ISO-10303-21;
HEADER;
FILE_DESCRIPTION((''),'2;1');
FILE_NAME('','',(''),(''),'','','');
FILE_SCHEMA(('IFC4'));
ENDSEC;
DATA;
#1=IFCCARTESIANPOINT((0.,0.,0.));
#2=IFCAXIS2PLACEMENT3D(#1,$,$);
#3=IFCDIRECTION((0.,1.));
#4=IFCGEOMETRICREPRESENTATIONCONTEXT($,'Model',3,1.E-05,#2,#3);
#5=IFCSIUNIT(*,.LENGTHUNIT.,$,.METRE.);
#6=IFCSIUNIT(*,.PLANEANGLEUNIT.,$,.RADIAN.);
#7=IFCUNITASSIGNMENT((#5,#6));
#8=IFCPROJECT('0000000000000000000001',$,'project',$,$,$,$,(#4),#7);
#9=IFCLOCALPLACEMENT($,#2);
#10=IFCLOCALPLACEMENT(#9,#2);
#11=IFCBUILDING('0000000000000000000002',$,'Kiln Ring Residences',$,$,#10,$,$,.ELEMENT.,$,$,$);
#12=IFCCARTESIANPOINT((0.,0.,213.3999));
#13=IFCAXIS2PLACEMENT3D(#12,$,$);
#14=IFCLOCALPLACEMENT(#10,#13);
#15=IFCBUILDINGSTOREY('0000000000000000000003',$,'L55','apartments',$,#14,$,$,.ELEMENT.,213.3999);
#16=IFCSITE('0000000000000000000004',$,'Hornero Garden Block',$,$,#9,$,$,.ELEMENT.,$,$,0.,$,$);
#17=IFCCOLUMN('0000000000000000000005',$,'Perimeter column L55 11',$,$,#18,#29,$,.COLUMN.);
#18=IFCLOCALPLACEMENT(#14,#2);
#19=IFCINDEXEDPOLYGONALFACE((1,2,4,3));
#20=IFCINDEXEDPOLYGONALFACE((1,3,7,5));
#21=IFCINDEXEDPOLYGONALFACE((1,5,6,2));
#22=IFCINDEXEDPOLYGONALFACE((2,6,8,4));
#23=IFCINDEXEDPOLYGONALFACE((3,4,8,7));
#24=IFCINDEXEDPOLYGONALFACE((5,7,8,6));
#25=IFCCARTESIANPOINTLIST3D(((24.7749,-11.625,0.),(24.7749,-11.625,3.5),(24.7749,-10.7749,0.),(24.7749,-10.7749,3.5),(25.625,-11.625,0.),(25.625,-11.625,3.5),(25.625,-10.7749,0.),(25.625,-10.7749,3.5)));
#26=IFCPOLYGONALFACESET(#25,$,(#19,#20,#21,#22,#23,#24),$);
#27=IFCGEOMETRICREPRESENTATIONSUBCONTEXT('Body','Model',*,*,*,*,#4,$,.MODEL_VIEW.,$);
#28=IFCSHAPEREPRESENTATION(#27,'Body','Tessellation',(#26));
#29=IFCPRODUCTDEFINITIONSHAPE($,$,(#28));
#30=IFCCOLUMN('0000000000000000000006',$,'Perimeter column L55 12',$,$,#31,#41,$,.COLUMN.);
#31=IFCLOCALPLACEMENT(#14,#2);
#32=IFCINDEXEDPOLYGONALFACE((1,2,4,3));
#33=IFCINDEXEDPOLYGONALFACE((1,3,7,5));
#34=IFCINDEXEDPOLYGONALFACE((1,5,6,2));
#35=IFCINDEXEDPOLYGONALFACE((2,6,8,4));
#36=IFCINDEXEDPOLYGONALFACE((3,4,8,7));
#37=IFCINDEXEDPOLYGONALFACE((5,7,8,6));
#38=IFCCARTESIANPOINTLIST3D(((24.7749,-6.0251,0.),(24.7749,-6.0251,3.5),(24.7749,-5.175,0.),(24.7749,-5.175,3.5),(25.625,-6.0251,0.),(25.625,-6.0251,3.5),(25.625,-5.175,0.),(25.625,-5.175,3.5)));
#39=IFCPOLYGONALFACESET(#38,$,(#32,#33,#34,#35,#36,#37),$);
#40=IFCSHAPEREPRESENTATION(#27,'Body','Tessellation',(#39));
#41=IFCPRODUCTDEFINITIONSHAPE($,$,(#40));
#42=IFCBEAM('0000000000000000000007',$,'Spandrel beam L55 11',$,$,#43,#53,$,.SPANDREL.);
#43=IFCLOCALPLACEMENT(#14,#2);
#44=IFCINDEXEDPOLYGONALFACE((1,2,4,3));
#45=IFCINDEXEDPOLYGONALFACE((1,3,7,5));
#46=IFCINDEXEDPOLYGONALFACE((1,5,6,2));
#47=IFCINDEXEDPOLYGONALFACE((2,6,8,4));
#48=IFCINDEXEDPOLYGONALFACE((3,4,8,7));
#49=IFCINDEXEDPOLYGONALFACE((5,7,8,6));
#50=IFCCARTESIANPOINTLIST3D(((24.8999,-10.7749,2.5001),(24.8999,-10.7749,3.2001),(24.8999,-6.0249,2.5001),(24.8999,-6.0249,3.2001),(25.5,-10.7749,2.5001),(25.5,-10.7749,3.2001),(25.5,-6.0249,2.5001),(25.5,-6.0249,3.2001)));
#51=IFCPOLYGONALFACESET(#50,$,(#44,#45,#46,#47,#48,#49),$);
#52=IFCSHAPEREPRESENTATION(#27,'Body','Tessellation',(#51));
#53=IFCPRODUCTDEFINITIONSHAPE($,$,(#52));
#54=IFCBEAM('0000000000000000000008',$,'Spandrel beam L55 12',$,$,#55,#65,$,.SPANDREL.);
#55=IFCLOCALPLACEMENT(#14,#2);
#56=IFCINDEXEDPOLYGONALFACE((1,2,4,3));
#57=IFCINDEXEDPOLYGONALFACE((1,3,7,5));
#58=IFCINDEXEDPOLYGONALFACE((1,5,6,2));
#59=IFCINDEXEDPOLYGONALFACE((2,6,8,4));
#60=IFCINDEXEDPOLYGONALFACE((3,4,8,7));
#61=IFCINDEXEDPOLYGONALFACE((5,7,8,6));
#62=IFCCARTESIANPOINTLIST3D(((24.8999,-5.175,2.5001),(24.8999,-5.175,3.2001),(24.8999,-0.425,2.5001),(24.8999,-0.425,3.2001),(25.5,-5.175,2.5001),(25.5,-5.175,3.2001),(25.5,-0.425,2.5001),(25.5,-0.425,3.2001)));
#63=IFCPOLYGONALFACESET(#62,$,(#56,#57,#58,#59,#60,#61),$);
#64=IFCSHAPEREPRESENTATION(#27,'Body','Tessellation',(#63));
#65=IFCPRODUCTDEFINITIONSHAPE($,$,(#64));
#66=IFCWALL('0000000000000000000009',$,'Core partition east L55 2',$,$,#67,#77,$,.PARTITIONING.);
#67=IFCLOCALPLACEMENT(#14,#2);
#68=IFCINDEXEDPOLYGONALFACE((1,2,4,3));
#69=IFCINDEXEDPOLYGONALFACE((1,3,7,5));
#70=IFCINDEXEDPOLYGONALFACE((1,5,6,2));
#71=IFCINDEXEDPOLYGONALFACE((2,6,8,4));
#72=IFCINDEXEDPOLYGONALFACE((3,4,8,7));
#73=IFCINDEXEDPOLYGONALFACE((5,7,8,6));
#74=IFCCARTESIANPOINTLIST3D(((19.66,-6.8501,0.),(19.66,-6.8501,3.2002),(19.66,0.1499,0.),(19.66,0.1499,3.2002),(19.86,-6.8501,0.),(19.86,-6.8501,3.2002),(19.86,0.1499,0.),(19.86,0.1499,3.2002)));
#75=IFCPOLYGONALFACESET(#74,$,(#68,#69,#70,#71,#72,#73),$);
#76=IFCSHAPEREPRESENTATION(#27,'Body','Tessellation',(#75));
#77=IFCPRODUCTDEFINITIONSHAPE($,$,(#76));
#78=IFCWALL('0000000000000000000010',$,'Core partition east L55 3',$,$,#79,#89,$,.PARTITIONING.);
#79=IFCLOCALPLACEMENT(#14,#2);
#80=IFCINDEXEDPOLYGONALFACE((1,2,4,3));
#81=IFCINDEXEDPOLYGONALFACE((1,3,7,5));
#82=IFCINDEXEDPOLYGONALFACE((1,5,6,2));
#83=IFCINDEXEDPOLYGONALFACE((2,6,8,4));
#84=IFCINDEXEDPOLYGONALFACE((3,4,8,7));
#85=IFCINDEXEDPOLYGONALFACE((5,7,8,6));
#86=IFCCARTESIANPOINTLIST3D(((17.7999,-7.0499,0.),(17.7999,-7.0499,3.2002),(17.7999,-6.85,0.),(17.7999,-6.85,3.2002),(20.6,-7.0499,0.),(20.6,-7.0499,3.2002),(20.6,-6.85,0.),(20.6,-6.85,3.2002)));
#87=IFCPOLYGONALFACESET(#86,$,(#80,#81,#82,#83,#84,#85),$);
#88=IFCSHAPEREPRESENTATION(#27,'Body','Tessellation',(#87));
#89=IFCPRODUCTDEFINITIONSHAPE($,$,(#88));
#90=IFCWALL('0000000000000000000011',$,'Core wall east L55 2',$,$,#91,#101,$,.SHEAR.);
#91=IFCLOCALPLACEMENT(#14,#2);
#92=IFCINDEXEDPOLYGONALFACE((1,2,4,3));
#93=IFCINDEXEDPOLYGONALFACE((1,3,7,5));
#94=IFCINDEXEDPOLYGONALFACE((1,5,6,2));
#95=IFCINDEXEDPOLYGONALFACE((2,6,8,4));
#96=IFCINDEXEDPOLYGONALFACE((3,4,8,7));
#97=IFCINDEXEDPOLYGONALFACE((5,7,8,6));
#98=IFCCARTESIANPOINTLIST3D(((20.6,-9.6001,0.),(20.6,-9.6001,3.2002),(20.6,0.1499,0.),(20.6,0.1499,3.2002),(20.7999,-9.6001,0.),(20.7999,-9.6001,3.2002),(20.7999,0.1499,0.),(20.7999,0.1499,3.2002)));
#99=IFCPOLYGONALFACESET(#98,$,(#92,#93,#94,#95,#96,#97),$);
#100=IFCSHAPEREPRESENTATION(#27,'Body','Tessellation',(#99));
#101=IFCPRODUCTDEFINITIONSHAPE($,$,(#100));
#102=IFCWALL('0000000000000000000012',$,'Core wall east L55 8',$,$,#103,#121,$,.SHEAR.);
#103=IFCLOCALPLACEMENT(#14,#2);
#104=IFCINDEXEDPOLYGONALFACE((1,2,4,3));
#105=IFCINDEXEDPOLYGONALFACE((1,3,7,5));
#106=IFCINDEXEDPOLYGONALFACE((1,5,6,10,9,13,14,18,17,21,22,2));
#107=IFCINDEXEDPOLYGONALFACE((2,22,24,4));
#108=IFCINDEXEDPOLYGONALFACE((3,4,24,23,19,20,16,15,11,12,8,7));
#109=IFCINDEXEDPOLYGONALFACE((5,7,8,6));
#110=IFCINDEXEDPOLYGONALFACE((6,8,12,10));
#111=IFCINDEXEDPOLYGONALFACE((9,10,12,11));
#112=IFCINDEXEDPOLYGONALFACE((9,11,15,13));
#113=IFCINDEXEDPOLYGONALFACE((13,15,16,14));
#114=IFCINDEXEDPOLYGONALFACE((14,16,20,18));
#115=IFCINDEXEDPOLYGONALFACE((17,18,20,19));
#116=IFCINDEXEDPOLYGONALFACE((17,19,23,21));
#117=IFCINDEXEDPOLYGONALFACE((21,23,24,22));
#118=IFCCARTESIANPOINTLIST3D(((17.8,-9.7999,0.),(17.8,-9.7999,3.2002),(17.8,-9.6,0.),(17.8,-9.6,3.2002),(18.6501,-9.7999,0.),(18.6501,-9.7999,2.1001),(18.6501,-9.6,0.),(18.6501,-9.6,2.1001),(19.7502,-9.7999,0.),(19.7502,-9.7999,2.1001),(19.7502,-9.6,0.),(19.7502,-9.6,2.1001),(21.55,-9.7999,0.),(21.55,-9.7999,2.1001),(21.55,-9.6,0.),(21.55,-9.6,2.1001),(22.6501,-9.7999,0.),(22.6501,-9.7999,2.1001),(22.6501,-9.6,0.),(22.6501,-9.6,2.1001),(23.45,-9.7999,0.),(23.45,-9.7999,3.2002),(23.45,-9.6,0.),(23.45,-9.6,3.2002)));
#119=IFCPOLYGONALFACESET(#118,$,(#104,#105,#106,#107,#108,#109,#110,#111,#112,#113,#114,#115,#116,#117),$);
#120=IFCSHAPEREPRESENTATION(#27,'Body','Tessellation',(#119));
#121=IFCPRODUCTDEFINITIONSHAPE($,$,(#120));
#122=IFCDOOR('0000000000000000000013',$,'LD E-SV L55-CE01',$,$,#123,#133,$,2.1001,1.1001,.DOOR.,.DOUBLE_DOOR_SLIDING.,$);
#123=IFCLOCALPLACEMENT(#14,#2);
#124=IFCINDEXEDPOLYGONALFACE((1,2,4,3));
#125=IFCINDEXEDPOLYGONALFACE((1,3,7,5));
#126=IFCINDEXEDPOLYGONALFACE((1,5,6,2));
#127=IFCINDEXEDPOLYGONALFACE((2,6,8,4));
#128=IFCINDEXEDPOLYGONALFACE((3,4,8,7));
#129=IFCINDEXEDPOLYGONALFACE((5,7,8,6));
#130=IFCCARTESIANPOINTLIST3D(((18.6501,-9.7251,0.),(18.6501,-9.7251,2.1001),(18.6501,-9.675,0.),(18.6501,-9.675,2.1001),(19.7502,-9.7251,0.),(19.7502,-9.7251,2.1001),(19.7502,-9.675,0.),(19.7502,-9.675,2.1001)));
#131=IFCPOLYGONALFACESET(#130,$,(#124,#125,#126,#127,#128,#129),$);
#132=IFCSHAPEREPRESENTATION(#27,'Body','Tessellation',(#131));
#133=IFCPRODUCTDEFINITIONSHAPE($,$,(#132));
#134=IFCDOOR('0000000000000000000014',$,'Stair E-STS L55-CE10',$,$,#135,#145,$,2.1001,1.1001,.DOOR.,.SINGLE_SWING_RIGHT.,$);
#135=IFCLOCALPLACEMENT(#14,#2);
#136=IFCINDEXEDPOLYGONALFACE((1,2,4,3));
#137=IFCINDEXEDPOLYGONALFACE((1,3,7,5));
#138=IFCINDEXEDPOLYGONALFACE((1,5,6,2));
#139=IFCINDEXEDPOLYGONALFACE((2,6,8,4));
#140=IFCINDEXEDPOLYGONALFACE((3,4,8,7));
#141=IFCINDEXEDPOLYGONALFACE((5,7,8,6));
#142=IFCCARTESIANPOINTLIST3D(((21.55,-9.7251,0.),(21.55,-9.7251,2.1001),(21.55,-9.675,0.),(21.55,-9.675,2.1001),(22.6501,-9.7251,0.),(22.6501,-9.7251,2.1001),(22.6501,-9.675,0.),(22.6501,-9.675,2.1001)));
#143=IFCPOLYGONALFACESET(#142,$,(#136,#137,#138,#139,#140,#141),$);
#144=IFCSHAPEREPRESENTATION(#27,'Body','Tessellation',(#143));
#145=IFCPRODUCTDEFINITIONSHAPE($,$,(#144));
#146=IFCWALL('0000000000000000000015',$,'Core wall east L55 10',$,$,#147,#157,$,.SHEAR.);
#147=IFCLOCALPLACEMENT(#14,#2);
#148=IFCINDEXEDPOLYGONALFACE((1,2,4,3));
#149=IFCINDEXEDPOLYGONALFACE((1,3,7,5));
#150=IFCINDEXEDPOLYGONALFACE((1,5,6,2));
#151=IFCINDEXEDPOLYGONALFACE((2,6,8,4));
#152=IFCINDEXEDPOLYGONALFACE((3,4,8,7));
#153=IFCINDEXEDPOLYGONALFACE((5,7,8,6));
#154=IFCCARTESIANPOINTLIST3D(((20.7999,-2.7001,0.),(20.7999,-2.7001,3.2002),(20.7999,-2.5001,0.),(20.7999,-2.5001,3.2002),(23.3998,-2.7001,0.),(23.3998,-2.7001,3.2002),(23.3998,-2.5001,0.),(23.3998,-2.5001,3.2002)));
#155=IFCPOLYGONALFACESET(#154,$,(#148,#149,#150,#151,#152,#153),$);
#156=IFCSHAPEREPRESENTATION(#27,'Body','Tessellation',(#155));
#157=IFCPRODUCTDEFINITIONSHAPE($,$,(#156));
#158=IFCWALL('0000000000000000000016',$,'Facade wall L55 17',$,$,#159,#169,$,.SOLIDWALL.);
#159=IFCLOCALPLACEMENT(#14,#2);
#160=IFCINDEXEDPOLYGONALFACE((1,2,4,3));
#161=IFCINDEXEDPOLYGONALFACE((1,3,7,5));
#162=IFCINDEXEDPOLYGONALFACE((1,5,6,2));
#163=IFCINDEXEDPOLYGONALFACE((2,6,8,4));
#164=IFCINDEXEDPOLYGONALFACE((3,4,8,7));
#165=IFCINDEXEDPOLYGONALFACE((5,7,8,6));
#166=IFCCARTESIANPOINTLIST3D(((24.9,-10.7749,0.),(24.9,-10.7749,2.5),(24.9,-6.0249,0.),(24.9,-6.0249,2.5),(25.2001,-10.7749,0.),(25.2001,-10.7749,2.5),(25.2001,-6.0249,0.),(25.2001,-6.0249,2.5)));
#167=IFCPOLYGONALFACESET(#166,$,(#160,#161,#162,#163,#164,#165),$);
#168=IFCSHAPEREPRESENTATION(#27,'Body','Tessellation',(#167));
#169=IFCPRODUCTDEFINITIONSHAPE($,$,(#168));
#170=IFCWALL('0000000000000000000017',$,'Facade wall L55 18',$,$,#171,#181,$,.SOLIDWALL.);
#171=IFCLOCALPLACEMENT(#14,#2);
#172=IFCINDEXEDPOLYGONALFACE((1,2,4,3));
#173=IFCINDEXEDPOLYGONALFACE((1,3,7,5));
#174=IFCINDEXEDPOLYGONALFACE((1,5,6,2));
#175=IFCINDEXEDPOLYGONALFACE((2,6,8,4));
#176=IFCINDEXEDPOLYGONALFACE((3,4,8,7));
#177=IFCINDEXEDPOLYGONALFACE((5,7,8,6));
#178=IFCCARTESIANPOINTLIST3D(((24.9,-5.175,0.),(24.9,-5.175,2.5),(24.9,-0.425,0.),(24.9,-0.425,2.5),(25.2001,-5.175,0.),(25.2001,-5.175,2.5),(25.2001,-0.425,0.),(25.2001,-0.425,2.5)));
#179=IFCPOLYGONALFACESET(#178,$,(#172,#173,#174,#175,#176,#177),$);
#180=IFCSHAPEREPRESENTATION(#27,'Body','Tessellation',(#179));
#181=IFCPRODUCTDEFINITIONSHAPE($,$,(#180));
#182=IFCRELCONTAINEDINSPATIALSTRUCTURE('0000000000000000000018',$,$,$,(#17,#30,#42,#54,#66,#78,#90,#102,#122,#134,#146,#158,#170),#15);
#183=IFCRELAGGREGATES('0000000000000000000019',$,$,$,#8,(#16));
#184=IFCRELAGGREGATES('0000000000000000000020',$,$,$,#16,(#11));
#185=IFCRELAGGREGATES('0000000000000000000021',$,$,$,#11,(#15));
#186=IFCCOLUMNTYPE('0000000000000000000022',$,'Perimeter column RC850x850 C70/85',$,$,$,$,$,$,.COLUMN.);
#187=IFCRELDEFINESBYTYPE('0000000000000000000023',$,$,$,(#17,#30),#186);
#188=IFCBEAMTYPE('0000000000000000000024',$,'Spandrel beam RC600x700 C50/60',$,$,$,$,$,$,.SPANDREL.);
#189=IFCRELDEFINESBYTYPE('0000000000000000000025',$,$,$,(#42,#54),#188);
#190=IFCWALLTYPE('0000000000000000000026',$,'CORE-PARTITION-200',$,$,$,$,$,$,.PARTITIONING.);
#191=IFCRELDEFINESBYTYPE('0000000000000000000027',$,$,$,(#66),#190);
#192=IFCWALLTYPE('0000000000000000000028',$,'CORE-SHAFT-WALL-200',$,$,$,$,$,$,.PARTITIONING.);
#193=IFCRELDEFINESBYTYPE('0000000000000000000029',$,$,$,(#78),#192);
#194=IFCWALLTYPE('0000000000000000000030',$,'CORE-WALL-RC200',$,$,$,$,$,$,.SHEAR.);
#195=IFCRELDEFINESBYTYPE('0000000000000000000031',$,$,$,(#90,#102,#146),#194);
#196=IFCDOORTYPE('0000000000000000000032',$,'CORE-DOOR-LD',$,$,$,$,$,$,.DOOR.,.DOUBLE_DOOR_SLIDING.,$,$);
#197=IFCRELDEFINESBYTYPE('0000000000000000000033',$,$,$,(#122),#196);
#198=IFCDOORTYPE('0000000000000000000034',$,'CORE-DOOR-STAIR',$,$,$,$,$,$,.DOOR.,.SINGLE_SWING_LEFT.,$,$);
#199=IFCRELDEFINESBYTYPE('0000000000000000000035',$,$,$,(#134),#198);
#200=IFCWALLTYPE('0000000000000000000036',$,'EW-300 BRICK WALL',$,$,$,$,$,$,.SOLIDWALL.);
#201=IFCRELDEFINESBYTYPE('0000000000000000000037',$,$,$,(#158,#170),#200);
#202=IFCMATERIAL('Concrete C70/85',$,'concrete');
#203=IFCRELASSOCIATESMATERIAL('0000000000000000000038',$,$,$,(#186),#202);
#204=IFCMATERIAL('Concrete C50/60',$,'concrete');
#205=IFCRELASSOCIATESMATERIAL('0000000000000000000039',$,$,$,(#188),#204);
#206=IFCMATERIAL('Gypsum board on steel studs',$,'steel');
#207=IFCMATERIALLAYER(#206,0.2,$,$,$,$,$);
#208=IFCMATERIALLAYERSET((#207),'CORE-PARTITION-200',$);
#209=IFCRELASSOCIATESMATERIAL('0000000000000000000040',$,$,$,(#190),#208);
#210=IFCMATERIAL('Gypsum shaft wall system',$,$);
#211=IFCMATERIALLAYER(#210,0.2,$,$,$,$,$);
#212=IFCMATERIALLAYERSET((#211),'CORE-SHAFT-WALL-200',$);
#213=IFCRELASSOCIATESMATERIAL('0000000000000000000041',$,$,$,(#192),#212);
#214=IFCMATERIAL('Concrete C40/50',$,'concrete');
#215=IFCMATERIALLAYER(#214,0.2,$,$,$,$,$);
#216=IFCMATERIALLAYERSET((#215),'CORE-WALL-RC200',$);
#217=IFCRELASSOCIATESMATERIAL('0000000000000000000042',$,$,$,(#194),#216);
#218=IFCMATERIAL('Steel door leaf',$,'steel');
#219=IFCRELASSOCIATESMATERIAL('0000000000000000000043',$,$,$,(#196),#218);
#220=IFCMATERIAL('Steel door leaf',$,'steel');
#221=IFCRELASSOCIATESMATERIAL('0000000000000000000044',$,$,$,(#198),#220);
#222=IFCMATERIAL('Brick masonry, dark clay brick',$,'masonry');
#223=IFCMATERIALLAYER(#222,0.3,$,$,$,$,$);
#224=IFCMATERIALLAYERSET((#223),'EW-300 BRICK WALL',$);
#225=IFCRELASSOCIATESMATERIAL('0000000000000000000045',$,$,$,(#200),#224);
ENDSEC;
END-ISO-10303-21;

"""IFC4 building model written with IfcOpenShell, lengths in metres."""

from ifc_helpers import new_model, si_unit, direction, frame, frame_2d, origin, origin_2d, place, context, subcontext, project, spatial, rectangle, extrude, material, layer, layer_set, material_profile, profile_set, type_object, element, fill, save


model = new_model("IFC4")

# Units and contexts
model_context = context("Model", 3, precision=1e-05, world=origin(), true_north=direction((0.0, 1.0)))
body_context = subcontext(model_context, "Body", "Model", "MODEL_VIEW")
ifc_project = project(units=[si_unit("LENGTHUNIT", "METRE"), si_unit("PLANEANGLEUNIT", "RADIAN")], contexts=[model_context])

# Site, building, storey
site_placement = place(None, origin())
site = spatial("IfcSite", under=ifc_project, at=site_placement, Name="Hornero Garden Block", CompositionType="ELEMENT", RefElevation=0.0)
building_placement = place(site_placement, origin())
building = spatial("IfcBuilding", under=site, at=building_placement, Name="Kiln Ring Residences", CompositionType="ELEMENT")
storey_placement = place(building_placement, frame((0.0, 0.0, 213.3999)))
storey = spatial("IfcBuildingStorey", under=building, at=storey_placement, Name="L55", Description="apartments", CompositionType="ELEMENT", Elevation=213.3999)

# Columns
ifc_material_1 = material(Name="Concrete C70/85", Category="concrete")
ifc_material_profile_1 = material_profile(ifc_material_1, rectangle(XDim=0.8501, YDim=0.8501, at=origin_2d()), Name="RC850x850")
ifc_profile_set_1 = profile_set([ifc_material_profile_1], Name="Concrete C70/85")
column_type = type_object("IfcColumnType", Name="Perimeter column RC850x850 C70/85", PredefinedType="COLUMN", material=ifc_profile_set_1)
for number, where, z_axis, x_axis, name in (
    (1, (25.2, -11.2, 0.0), (0.0, 0.0, 1.0), (1.0, 0.0, 0.0), "Perimeter column L55 11"),
    (2, (25.2, -5.6001, 0.0), (0.0, 0.0, 1.0), (1.0, 0.0, 0.0), "Perimeter column L55 12"),
):
    element("IfcColumn", number, at=place(storey_placement, frame(where, z_axis=z_axis, x_axis=x_axis)), inside=storey, type_object=column_type, Name=name, PredefinedType="COLUMN", context=body_context, shape_type="SweptSolid", body=[
        extrude(rectangle(XDim=0.8501, YDim=0.8501, at=origin_2d()), origin(), (0.0, 0.0, 1.0), 3.5),
    ])

# Beams
ifc_material_2 = material(Name="Concrete C50/60", Category="concrete")
ifc_material_profile_2 = material_profile(ifc_material_2, rectangle(XDim=0.6001, YDim=0.7, at=origin_2d()), Name="RC600x700")
ifc_profile_set_2 = profile_set([ifc_material_profile_2], Name="Concrete C50/60")
beam_type = type_object("IfcBeamType", Name="Spandrel beam RC600x700 C50/60", PredefinedType="SPANDREL", material=ifc_profile_set_2)
for number, where, z_axis, x_axis, name in (
    (3, (25.2, -10.7749, 2.8501), (0.0, 1.0, 0.0), (-1.0, 0.0, 0.0), "Spandrel beam L55 11"),
    (4, (25.2, -5.175, 2.8501), (0.0, 1.0, 0.0), (-1.0, 0.0, 0.0), "Spandrel beam L55 12"),
):
    element("IfcBeam", number, at=place(storey_placement, frame(where, z_axis=z_axis, x_axis=x_axis)), inside=storey, type_object=beam_type, Name=name, PredefinedType="SPANDREL", context=body_context, shape_type="SweptSolid", body=[
        extrude(rectangle(XDim=0.6001, YDim=0.7, at=origin_2d()), origin(), (0.0, 0.0, 1.0), 4.75),
    ])

# Walls
ifc_material_3 = material(Name="Gypsum board on steel studs", Category="steel")
ifc_layer_1 = layer(ifc_material_3, 0.2)
ifc_layer_set_1 = layer_set([ifc_layer_1], Name="CORE-PARTITION-200")
wall_type_1 = type_object("IfcWallType", Name="CORE-PARTITION-200", PredefinedType="PARTITIONING", material=ifc_layer_set_1)
wall_1_placement = place(storey_placement, frame((19.76, -6.8501, 0.0), z_axis=(0.0, 0.0, 1.0), x_axis=(0.0, 1.0, 0.0)))
element("IfcWall", 5, at=wall_1_placement, inside=storey, type_object=wall_type_1, Name="Core partition east L55 2", PredefinedType="PARTITIONING", context=body_context, shape_type="SweptSolid", body=[
    extrude(rectangle(XDim=7.0, YDim=0.2, at=frame_2d((3.5, 0.0))), origin(), (0.0, 0.0, 1.0), 3.2002),
])
ifc_material_4 = material(Name="Gypsum shaft wall system")
ifc_layer_2 = layer(ifc_material_4, 0.2)
ifc_layer_set_2 = layer_set([ifc_layer_2], Name="CORE-SHAFT-WALL-200")
wall_type_2 = type_object("IfcWallType", Name="CORE-SHAFT-WALL-200", PredefinedType="PARTITIONING", material=ifc_layer_set_2)
wall_2_placement = place(storey_placement, frame((17.8, -6.95, 0.0), z_axis=(0.0, 0.0, 1.0), x_axis=(1.0, 0.0, 0.0)))
element("IfcWall", 6, at=wall_2_placement, inside=storey, type_object=wall_type_2, Name="Core partition east L55 3", PredefinedType="PARTITIONING", context=body_context, shape_type="SweptSolid", body=[
    extrude(rectangle(XDim=2.8, YDim=0.2, at=frame_2d((1.3999, 0.0))), origin(), (0.0, 0.0, 1.0), 3.2002),
])
ifc_material_5 = material(Name="Concrete C40/50", Category="concrete")
ifc_layer_3 = layer(ifc_material_5, 0.2)
ifc_layer_set_3 = layer_set([ifc_layer_3], Name="CORE-WALL-RC200")
wall_type_3 = type_object("IfcWallType", Name="CORE-WALL-RC200", PredefinedType="SHEAR", material=ifc_layer_set_3)
wall_3_placement = place(storey_placement, frame((20.7, -9.6001, 0.0), z_axis=(0.0, 0.0, 1.0), x_axis=(0.0, 1.0, 0.0)))
element("IfcWall", 7, at=wall_3_placement, inside=storey, type_object=wall_type_3, Name="Core wall east L55 2", PredefinedType="SHEAR", context=body_context, shape_type="SweptSolid", body=[
    extrude(rectangle(XDim=9.75, YDim=0.2, at=frame_2d((4.875, 0.0))), origin(), (0.0, 0.0, 1.0), 3.2002),
])

# Wall, openings, doors
wall_4_placement = place(storey_placement, frame((17.8, -9.7, 0.0), z_axis=(0.0, 0.0, 1.0), x_axis=(1.0, 0.0, 0.0)))
wall_4 = element("IfcWall", 8, at=wall_4_placement, inside=storey, type_object=wall_type_3, Name="Core wall east L55 8", PredefinedType="SHEAR", context=body_context, shape_type="SweptSolid", body=[
    extrude(rectangle(XDim=5.6499, YDim=0.2, at=frame_2d((2.825, 0.0))), origin(), (0.0, 0.0, 1.0), 3.2002),
])
opening_1_placement = place(wall_4_placement, frame((0.8501, 0.0, 0.0)))
opening_1 = element("IfcOpeningElement", 9, at=opening_1_placement, cuts=wall_4, PredefinedType="OPENING", context=body_context, shape_type="SweptSolid", body=[
    extrude(rectangle(XDim=1.1001, YDim=2.1001, at=frame_2d((0.55, 1.05))), frame((0.0, 0.1099, 0.0), z_axis=(0.0, -1.0, 0.0), x_axis=(1.0, 0.0, 0.0)), (0.0, 0.0, 1.0), 0.22),
])
opening_2_placement = place(wall_4_placement, frame((3.75, 0.0, 0.0)))
opening_2 = element("IfcOpeningElement", 10, at=opening_2_placement, cuts=wall_4, PredefinedType="OPENING", context=body_context, shape_type="SweptSolid", body=[
    extrude(rectangle(XDim=1.1001, YDim=2.1001, at=frame_2d((0.55, 1.05))), frame((0.0, 0.1099, 0.0), z_axis=(0.0, -1.0, 0.0), x_axis=(1.0, 0.0, 0.0)), (0.0, 0.0, 1.0), 0.22),
])
ifc_material_6 = material(Name="Steel door leaf", Category="steel")
door_type_1 = type_object("IfcDoorType", Name="CORE-DOOR-LD", OperationType="DOUBLE_DOOR_SLIDING", PredefinedType="DOOR", material=ifc_material_6)
door_1_placement = place(opening_1_placement, origin())
door_1 = element("IfcDoor", 11, at=door_1_placement, inside=storey, type_object=door_type_1, Name="LD E-SV L55-CE01", OperationType="DOUBLE_DOOR_SLIDING", OverallHeight=2.1001, OverallWidth=1.1001, PredefinedType="DOOR", context=body_context, shape_type="SweptSolid", body=[
    extrude(rectangle(XDim=1.1001, YDim=2.1001, at=frame_2d((0.55, 1.05))), frame((0.0, 0.0249, 0.0), z_axis=(0.0, -1.0, 0.0), x_axis=(1.0, 0.0, 0.0)), (0.0, 0.0, 1.0), 0.05),
])
fill(opening_1, door_1)
ifc_material_7 = material(Name="Steel door leaf", Category="steel")
door_type_2 = type_object("IfcDoorType", Name="CORE-DOOR-STAIR", OperationType="SINGLE_SWING_LEFT", PredefinedType="DOOR", material=ifc_material_7)
door_2_placement = place(opening_2_placement, origin())
door_2 = element("IfcDoor", 12, at=door_2_placement, inside=storey, type_object=door_type_2, Name="Stair E-STS L55-CE10", OperationType="SINGLE_SWING_RIGHT", OverallHeight=2.1001, OverallWidth=1.1001, PredefinedType="DOOR", context=body_context, shape_type="SweptSolid", body=[
    extrude(rectangle(XDim=1.1001, YDim=2.1001, at=frame_2d((0.55, 1.05))), frame((0.0, 0.0249, 0.0), z_axis=(0.0, -1.0, 0.0), x_axis=(1.0, 0.0, 0.0)), (0.0, 0.0, 1.0), 0.05),
])
fill(opening_2, door_2)

# Walls
wall_5_placement = place(storey_placement, frame((20.8, -2.6001, 0.0), z_axis=(0.0, 0.0, 1.0), x_axis=(1.0, 0.0, 0.0)))
element("IfcWall", 13, at=wall_5_placement, inside=storey, type_object=wall_type_3, Name="Core wall east L55 10", PredefinedType="SHEAR", context=body_context, shape_type="SweptSolid", body=[
    extrude(rectangle(XDim=2.5999, YDim=0.2, at=frame_2d((1.2998, 0.0))), origin(), (0.0, 0.0, 1.0), 3.2002),
])
ifc_material_8 = material(Name="Brick masonry, dark clay brick", Category="masonry")
ifc_layer_4 = layer(ifc_material_8, 0.3)
ifc_layer_set_4 = layer_set([ifc_layer_4], Name="EW-300 BRICK WALL")
wall_type_4 = type_object("IfcWallType", Name="EW-300 BRICK WALL", PredefinedType="SOLIDWALL", material=ifc_layer_set_4)
for number, where, z_axis, x_axis, name in (
    (14, (25.05, -10.7749, 0.0), (0.0, 0.0, 1.0), (0.0, 1.0, 0.0), "Facade wall L55 17"),
    (15, (25.05, -5.175, 0.0), (0.0, 0.0, 1.0), (0.0, 1.0, 0.0), "Facade wall L55 18"),
):
    element("IfcWall", number, at=place(storey_placement, frame(where, z_axis=z_axis, x_axis=x_axis)), inside=storey, type_object=wall_type_4, Name=name, PredefinedType="SOLIDWALL", context=body_context, shape_type="SweptSolid", body=[
        extrude(rectangle(XDim=4.75, YDim=0.3, at=frame_2d((2.375, 0.0))), origin(), (0.0, 0.0, 1.0), 2.5),
    ])

save(model, "model.ifc")
